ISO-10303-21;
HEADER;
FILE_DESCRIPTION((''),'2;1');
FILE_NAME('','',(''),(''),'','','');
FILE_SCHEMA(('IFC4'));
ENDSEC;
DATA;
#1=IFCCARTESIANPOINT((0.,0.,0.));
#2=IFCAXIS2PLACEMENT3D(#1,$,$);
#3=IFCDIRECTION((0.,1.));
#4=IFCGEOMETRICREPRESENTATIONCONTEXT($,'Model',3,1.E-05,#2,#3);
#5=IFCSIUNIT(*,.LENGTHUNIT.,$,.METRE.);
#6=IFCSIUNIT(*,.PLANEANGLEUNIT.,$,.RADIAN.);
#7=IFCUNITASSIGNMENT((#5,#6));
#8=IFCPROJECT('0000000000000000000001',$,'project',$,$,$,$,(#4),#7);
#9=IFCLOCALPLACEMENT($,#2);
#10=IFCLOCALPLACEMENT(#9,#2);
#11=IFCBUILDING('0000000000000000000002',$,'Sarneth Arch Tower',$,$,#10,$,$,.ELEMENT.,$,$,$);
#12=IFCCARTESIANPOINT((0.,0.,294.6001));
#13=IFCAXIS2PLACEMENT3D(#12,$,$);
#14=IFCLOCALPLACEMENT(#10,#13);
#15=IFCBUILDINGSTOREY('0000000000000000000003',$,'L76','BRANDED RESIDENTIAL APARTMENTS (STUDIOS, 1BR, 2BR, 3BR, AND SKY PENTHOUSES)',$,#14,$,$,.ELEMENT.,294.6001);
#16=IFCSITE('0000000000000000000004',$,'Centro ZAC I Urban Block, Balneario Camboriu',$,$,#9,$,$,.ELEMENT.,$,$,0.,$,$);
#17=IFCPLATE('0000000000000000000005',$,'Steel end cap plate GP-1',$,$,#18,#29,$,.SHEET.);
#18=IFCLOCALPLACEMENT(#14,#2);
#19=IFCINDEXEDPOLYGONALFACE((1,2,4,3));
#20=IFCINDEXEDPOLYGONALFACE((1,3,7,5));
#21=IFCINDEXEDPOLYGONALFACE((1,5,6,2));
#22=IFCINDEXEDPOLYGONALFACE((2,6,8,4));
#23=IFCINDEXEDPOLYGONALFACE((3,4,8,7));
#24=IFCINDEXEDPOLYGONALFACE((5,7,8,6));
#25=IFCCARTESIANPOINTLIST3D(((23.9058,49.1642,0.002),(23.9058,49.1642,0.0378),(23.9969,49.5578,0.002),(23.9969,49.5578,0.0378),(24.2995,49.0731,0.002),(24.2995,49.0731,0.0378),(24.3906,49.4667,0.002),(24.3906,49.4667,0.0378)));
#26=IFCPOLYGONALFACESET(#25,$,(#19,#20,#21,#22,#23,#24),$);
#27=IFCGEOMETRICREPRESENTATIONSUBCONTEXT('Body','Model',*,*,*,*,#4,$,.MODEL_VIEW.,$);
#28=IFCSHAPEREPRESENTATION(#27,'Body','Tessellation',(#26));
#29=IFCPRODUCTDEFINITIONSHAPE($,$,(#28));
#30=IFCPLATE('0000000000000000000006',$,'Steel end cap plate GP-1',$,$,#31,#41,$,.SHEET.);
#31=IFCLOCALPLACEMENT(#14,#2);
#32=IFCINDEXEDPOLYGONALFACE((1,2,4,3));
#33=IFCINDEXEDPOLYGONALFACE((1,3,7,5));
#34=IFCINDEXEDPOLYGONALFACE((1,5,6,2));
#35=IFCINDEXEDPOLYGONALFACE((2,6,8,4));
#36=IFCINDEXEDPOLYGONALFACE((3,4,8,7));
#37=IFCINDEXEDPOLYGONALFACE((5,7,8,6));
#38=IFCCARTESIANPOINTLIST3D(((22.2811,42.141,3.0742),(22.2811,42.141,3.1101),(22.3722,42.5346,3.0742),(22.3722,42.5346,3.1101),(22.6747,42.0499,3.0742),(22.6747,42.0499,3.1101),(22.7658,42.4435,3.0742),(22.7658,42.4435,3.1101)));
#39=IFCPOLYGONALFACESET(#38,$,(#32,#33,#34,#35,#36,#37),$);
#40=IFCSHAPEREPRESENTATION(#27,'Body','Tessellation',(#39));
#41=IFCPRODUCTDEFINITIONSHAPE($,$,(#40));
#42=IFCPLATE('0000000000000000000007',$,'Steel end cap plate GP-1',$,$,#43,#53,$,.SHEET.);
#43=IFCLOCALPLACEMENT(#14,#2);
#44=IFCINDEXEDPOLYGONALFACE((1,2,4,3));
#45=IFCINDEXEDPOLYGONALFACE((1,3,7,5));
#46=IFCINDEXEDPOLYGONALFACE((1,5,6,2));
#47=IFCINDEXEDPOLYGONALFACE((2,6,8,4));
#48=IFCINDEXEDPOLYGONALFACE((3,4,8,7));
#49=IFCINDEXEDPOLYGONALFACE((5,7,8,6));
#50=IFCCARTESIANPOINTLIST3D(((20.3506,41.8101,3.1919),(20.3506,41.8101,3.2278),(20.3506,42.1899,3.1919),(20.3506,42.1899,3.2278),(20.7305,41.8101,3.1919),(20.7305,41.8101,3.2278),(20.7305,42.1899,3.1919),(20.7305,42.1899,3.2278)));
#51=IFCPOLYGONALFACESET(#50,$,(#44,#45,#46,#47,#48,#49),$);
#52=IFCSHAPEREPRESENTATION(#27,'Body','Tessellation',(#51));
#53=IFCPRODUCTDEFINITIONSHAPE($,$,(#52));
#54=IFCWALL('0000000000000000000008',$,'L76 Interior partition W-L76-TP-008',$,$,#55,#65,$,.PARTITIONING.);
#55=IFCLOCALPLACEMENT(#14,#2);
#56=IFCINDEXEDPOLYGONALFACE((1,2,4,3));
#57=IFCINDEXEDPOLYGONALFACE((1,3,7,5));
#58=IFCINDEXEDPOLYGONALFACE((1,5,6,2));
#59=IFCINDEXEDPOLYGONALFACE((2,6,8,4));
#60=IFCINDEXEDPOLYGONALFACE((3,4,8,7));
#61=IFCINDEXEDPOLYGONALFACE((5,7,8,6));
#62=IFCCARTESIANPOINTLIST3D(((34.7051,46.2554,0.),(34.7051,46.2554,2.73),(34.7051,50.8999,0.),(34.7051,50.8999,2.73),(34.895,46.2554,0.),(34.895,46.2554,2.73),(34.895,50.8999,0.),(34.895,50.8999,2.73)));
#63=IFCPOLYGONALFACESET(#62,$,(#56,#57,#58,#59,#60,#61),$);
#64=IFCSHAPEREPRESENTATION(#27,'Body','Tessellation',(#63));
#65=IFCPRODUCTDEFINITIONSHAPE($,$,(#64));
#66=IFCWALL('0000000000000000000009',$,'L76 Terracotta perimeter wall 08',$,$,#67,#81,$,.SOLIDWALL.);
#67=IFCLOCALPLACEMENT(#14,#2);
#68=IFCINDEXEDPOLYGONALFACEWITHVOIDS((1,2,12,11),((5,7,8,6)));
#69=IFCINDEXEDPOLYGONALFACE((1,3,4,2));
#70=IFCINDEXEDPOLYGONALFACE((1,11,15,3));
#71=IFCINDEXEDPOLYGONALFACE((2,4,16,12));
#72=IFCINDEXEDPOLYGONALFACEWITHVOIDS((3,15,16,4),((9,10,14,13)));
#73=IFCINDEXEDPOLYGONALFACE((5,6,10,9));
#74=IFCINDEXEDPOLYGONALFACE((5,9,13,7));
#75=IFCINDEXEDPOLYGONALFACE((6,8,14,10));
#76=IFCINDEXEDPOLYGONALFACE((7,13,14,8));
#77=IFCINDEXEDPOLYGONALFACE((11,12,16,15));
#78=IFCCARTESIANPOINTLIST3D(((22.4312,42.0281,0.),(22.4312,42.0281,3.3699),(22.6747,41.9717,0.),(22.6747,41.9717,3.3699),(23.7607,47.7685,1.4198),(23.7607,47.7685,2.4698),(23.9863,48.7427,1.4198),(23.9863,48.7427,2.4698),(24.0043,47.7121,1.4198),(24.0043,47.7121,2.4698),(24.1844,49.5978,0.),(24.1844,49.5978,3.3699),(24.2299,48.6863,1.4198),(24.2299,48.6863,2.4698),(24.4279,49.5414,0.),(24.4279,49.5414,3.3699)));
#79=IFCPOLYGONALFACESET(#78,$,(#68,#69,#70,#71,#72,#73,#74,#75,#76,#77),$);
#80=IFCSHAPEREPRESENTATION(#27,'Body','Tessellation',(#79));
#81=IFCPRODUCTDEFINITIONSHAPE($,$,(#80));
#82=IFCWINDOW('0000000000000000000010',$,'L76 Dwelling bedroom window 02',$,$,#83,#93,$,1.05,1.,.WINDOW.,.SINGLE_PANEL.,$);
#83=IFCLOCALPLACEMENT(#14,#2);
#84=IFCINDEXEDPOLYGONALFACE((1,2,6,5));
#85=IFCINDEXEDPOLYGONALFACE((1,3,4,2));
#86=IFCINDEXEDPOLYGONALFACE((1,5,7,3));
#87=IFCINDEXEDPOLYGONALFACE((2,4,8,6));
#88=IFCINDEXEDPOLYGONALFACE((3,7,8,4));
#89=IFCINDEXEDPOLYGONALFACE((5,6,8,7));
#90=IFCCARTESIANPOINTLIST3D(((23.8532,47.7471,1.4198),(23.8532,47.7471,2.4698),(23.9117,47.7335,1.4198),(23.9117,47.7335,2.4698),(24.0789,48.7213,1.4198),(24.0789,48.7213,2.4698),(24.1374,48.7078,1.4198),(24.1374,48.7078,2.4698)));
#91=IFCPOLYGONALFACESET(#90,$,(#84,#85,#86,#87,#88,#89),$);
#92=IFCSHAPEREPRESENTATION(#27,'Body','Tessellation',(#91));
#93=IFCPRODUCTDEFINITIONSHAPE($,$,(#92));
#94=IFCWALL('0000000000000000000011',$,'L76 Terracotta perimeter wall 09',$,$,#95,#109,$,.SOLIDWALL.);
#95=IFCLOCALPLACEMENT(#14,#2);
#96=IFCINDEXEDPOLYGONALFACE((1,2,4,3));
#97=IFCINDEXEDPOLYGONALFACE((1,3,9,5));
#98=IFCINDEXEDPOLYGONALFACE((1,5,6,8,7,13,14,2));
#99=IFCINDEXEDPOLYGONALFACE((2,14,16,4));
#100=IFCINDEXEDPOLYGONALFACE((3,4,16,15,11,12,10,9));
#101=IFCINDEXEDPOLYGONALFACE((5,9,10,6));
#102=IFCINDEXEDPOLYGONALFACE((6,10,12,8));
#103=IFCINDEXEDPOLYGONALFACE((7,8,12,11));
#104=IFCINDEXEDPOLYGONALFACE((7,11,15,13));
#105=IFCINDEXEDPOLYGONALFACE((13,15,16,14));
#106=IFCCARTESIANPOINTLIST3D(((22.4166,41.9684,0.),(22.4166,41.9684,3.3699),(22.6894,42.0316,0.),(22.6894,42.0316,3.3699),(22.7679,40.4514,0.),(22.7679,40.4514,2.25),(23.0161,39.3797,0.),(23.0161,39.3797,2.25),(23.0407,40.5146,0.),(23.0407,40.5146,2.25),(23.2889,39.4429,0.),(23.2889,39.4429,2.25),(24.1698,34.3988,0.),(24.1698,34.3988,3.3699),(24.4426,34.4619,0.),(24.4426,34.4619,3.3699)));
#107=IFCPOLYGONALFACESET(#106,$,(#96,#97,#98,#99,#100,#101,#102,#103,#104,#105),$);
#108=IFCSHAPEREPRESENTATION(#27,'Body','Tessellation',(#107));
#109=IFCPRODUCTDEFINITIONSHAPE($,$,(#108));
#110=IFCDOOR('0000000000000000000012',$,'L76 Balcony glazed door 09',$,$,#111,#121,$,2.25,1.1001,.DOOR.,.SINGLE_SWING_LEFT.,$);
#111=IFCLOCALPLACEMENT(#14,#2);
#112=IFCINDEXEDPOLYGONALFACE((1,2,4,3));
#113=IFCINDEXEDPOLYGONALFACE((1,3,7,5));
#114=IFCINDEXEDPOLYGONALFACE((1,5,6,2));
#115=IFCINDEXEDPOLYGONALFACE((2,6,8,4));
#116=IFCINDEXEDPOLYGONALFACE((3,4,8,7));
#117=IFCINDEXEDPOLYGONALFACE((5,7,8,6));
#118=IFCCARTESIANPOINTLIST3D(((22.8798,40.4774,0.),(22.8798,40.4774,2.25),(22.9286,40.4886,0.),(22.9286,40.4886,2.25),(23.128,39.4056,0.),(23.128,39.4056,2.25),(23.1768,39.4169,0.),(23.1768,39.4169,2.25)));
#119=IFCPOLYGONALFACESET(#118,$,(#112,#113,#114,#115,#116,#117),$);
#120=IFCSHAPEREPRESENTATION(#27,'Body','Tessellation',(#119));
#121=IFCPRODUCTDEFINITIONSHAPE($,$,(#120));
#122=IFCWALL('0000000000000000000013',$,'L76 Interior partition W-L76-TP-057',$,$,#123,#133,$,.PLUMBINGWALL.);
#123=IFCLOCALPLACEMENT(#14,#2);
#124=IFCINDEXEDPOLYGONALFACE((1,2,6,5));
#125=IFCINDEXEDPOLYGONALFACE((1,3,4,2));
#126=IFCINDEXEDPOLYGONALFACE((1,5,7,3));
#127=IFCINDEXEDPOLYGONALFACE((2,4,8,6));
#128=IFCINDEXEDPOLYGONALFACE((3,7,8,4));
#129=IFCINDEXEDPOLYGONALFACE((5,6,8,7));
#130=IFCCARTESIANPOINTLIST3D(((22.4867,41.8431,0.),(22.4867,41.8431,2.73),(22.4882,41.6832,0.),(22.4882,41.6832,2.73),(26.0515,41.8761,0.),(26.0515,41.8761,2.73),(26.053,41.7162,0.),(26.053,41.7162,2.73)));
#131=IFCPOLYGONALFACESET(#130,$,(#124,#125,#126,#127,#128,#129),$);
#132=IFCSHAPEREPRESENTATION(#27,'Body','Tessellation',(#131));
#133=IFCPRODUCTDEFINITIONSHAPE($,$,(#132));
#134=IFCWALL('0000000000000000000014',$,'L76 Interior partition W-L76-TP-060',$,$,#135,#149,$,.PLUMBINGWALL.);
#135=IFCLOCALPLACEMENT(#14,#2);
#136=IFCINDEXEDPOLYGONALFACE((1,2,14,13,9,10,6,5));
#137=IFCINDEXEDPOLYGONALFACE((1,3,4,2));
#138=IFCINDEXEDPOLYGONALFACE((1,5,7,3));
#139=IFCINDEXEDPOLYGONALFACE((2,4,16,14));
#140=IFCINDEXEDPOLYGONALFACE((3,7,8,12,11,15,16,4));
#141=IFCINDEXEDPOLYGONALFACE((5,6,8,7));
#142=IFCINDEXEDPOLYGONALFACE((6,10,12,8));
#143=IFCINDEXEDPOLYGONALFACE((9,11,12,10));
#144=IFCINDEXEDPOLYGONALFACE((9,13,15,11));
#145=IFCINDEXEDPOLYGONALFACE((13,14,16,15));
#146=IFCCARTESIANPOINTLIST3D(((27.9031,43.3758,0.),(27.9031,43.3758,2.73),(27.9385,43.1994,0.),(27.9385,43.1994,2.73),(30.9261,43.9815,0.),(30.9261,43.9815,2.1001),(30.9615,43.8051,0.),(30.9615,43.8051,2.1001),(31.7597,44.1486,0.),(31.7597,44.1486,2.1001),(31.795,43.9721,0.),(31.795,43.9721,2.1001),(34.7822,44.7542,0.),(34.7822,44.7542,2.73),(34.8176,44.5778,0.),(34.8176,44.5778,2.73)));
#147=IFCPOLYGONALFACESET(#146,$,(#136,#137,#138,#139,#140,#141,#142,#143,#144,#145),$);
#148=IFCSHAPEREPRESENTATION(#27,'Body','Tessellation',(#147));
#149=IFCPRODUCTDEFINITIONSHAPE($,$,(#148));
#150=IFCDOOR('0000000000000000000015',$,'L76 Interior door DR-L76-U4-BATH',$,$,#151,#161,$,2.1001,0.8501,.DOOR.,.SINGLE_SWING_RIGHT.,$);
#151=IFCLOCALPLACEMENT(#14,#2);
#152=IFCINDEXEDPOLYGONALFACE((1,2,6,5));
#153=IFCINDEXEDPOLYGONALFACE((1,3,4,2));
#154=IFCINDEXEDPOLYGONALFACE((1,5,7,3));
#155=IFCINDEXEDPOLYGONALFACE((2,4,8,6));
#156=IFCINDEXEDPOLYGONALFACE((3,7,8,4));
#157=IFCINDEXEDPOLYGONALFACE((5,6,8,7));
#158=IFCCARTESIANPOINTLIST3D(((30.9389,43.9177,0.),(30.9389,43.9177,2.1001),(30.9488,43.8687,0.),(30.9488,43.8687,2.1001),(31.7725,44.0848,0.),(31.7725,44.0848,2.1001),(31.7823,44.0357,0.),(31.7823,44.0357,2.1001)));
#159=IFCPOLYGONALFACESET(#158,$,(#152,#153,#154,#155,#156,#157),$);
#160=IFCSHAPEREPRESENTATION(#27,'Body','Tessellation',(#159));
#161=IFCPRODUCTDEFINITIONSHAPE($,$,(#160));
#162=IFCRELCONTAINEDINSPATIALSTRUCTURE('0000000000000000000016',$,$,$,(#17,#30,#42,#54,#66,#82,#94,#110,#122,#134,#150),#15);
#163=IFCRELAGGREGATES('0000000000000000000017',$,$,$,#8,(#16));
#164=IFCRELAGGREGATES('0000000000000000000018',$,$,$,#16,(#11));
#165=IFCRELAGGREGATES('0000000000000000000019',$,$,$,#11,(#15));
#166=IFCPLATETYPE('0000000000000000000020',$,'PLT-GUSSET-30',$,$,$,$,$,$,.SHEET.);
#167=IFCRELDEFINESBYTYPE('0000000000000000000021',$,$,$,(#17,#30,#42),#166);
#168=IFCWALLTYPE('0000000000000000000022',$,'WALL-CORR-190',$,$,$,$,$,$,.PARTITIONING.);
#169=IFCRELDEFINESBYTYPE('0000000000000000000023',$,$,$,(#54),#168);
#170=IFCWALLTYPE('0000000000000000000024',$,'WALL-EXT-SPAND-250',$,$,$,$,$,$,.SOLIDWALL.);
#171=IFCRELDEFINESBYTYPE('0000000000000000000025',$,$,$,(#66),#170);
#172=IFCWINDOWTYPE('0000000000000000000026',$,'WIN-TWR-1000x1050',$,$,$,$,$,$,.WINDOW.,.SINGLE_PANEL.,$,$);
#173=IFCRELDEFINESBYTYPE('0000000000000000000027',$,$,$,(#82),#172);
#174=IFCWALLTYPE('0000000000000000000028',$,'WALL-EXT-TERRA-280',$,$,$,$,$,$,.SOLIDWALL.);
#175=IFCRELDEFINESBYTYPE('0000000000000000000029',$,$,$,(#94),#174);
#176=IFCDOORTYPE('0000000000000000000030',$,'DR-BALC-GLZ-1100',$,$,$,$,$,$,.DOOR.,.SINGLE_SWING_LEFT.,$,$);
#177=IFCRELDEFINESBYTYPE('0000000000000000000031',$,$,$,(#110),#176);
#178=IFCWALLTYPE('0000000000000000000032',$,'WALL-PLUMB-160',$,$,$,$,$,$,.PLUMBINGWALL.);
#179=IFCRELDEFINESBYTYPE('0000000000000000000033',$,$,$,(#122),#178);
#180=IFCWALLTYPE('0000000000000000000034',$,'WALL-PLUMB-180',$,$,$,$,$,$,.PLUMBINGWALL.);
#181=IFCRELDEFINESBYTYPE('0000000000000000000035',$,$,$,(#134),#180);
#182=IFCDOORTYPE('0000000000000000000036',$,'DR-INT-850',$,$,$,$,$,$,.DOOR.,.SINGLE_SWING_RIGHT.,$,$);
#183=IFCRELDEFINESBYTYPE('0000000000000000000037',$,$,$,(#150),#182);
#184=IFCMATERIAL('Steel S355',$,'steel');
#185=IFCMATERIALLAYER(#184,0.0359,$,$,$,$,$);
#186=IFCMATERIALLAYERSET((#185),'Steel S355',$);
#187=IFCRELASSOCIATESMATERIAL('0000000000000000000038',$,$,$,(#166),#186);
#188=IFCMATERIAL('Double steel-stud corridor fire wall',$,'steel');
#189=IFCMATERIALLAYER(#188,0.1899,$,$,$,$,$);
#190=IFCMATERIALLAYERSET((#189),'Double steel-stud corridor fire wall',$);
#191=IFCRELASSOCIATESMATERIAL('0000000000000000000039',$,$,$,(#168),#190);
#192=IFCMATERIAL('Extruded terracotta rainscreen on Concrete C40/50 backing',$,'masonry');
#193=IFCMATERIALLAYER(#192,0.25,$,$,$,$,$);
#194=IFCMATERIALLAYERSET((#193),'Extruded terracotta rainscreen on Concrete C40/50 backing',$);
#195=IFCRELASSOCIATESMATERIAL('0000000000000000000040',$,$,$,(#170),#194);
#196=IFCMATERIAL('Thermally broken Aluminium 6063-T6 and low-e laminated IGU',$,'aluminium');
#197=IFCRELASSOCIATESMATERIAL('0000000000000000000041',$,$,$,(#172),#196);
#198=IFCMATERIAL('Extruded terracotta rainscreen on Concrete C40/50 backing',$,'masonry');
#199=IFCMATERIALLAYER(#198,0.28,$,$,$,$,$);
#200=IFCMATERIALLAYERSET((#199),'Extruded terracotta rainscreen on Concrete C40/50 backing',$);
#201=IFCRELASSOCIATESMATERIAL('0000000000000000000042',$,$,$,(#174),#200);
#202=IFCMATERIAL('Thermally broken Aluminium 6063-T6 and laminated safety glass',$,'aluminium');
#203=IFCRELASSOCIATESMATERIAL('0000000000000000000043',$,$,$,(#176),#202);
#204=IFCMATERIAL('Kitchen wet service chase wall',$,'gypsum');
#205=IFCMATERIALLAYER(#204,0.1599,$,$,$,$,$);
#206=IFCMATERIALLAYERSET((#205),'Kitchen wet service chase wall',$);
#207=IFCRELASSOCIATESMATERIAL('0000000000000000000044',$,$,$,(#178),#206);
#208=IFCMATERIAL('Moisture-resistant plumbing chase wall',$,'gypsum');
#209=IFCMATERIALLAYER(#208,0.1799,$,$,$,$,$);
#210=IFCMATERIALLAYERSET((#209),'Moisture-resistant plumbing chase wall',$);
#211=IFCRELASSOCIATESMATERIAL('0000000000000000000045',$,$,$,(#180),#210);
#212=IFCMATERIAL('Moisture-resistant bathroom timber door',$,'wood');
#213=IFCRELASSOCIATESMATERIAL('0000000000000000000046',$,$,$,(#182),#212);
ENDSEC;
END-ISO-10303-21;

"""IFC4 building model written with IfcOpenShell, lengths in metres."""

from ifc_helpers import new_model, si_unit, direction, frame, frame_2d, origin, origin_2d, place, context, subcontext, project, spatial, rectangle, extrude, material, layer, layer_set, type_object, element, fill, save


model = new_model("IFC4")

# Units and contexts
model_context = context("Model", 3, precision=1e-05, world=origin(), true_north=direction((0.0, 1.0)))
body_context = subcontext(model_context, "Body", "Model", "MODEL_VIEW")
ifc_project = project(units=[si_unit("LENGTHUNIT", "METRE"), si_unit("PLANEANGLEUNIT", "RADIAN")], contexts=[model_context])

# Site, building, storey
site_placement = place(None, origin())
site = spatial("IfcSite", under=ifc_project, at=site_placement, Name="Centro ZAC I Urban Block, Balneario Camboriu", CompositionType="ELEMENT", RefElevation=0.0)
building_placement = place(site_placement, origin())
building = spatial("IfcBuilding", under=site, at=building_placement, Name="Sarneth Arch Tower", CompositionType="ELEMENT")
storey_placement = place(building_placement, frame((0.0, 0.0, 294.6001)))
storey = spatial("IfcBuildingStorey", under=building, at=storey_placement, Name="L76", Description="BRANDED RESIDENTIAL APARTMENTS (STUDIOS, 1BR, 2BR, 3BR, AND SKY PENTHOUSES)", CompositionType="ELEMENT", Elevation=294.6001)

# Plates
ifc_material_1 = material(Name="Steel S355", Category="steel")
ifc_layer_1 = layer(ifc_material_1, 0.0359)
ifc_layer_set_1 = layer_set([ifc_layer_1], Name="Steel S355")
plate_type = type_object("IfcPlateType", Name="PLT-GUSSET-30", PredefinedType="SHEET", material=ifc_layer_set_1)
for number, where, z_axis, x_axis, name in (
    (1, (24.1482, 49.3154, 0.002), (0.0, 0.0, 1.0), (-0.225461, -0.974252, 0.0), "Steel end cap plate GP-1"),
    (2, (22.5234, 42.2922, 3.0742), (0.0, 0.0, 1.0), (-0.225461, -0.974252, 0.0), "Steel end cap plate GP-1"),
):
    element("IfcPlate", number, at=place(storey_placement, frame(where, z_axis=z_axis, x_axis=x_axis)), inside=storey, type_object=plate_type, Name=name, PredefinedType="SHEET", context=body_context, shape_type="SweptSolid", body=[
        extrude(rectangle(XDim=0.4041, YDim=0.4041, at=origin_2d()), origin(), (0.0, 0.0, 1.0), 0.0359),
    ])
plate_placement = place(storey_placement, frame((20.5405, 42.0, 3.1919), z_axis=(0.0, 0.0, 1.0), x_axis=(-1.0, 0.0, 0.0)))
element("IfcPlate", 3, at=plate_placement, inside=storey, type_object=plate_type, Name="Steel end cap plate GP-1", PredefinedType="SHEET", context=body_context, shape_type="SweptSolid", body=[
    extrude(rectangle(XDim=0.3799, YDim=0.3799, at=origin_2d()), origin(), (0.0, 0.0, 1.0), 0.0359),
])

# Wall
ifc_material_2 = material(Name="Double steel-stud corridor fire wall", Category="steel")
ifc_layer_2 = layer(ifc_material_2, 0.1899)
ifc_layer_set_2 = layer_set([ifc_layer_2], Name="Double steel-stud corridor fire wall")
wall_type_1 = type_object("IfcWallType", Name="WALL-CORR-190", PredefinedType="PARTITIONING", material=ifc_layer_set_2)
wall_1_placement = place(storey_placement, frame((34.8, 46.2554, 0.0), z_axis=(0.0, 0.0, 1.0), x_axis=(0.0, 1.0, 0.0)))
element("IfcWall", 4, at=wall_1_placement, inside=storey, type_object=wall_type_1, Name="L76 Interior partition W-L76-TP-008", PredefinedType="PARTITIONING", context=body_context, shape_type="SweptSolid", body=[
    extrude(rectangle(XDim=4.6445, YDim=0.1899, at=frame_2d((2.3223, 0.0))), origin(), (0.0, 0.0, 1.0), 2.73),
])

# Wall, opening, window
ifc_material_3 = material(Name="Extruded terracotta rainscreen on Concrete C40/50 backing", Category="masonry")
ifc_layer_3 = layer(ifc_material_3, 0.25)
ifc_layer_set_3 = layer_set([ifc_layer_3], Name="Extruded terracotta rainscreen on Concrete C40/50 backing")
wall_type_2 = type_object("IfcWallType", Name="WALL-EXT-SPAND-250", PredefinedType="SOLIDWALL", material=ifc_layer_set_3)
wall_2_placement = place(storey_placement, frame((24.3062, 49.5696, 0.0), z_axis=(0.0, 0.0, 1.0), x_axis=(-0.225635, -0.974212, 0.0)))
wall_2 = element("IfcWall", 5, at=wall_2_placement, inside=storey, type_object=wall_type_2, Name="L76 Terracotta perimeter wall 08", PredefinedType="SOLIDWALL", context=body_context, shape_type="SweptSolid", body=[
    extrude(rectangle(XDim=7.77, YDim=0.25, at=frame_2d((3.885, 0.0))), origin(), (0.0, 0.0, 1.0), 3.3699),
])
opening_1_placement = place(wall_2_placement, frame((0.8777, 0.0, 1.4199)))
opening_1 = element("IfcOpeningElement", 6, at=opening_1_placement, cuts=wall_2, PredefinedType="OPENING", context=body_context, shape_type="SweptSolid", body=[
    extrude(rectangle(XDim=1.0, YDim=1.05, at=frame_2d((0.5, 0.5249))), frame((0.0, 0.135, 0.0), z_axis=(0.0, -1.0, 0.0), x_axis=(1.0, 0.0, 0.0)), (0.0, 0.0, 1.0), 0.27),
])
ifc_material_4 = material(Name="Thermally broken Aluminium 6063-T6 and low-e laminated IGU", Category="aluminium")
window_type = type_object("IfcWindowType", Name="WIN-TWR-1000x1050", PartitioningType="SINGLE_PANEL", PredefinedType="WINDOW", material=ifc_material_4)
window_placement = place(opening_1_placement, origin())
window = element("IfcWindow", 7, at=window_placement, inside=storey, type_object=window_type, Name="L76 Dwelling bedroom window 02", OverallHeight=1.05, OverallWidth=1.0, PartitioningType="SINGLE_PANEL", PredefinedType="WINDOW", context=body_context, shape_type="SweptSolid", body=[
    extrude(rectangle(XDim=1.0, YDim=1.05, at=frame_2d((0.5, 0.5249))), frame((0.0, 0.03, 0.0), z_axis=(0.0, -1.0, 0.0), x_axis=(1.0, 0.0, 0.0)), (0.0, 0.0, 1.0), 0.0601),
])
fill(opening_1, window)

# Wall, opening, door
ifc_material_5 = material(Name="Extruded terracotta rainscreen on Concrete C40/50 backing", Category="masonry")
ifc_layer_4 = layer(ifc_material_5, 0.28)
ifc_layer_set_4 = layer_set([ifc_layer_4], Name="Extruded terracotta rainscreen on Concrete C40/50 backing")
wall_type_3 = type_object("IfcWallType", Name="WALL-EXT-TERRA-280", PredefinedType="SOLIDWALL", material=ifc_layer_set_4)
wall_3_placement = place(storey_placement, frame((22.553, 42.0, 0.0), z_axis=(0.0, 0.0, 1.0), x_axis=(0.225635, -0.974212, 0.0)))
wall_3 = element("IfcWall", 8, at=wall_3_placement, inside=storey, type_object=wall_type_3, Name="L76 Terracotta perimeter wall 09", PredefinedType="SOLIDWALL", context=body_context, shape_type="SweptSolid", body=[
    extrude(rectangle(XDim=7.77, YDim=0.28, at=frame_2d((3.885, 0.0))), origin(), (0.0, 0.0, 1.0), 3.3699),
])
opening_2_placement = place(wall_3_placement, frame((1.5571, 0.0, 0.0)))
opening_2 = element("IfcOpeningElement", 9, at=opening_2_placement, cuts=wall_3, PredefinedType="OPENING", context=body_context, shape_type="SweptSolid", body=[
    extrude(rectangle(XDim=1.1001, YDim=2.25, at=frame_2d((0.55, 1.125))), frame((0.0, 0.1499, 0.0), z_axis=(0.0, -1.0, 0.0), x_axis=(1.0, 0.0, 0.0)), (0.0, 0.0, 1.0), 0.3),
])
ifc_material_6 = material(Name="Thermally broken Aluminium 6063-T6 and laminated safety glass", Category="aluminium")
door_type_1 = type_object("IfcDoorType", Name="DR-BALC-GLZ-1100", OperationType="SINGLE_SWING_LEFT", PredefinedType="DOOR", material=ifc_material_6)
door_1_placement = place(opening_2_placement, origin())
door_1 = element("IfcDoor", 10, at=door_1_placement, inside=storey, type_object=door_type_1, Name="L76 Balcony glazed door 09", OperationType="SINGLE_SWING_LEFT", OverallHeight=2.25, OverallWidth=1.1001, PredefinedType="DOOR", context=body_context, shape_type="SweptSolid", body=[
    extrude(rectangle(XDim=1.1001, YDim=2.25, at=frame_2d((0.55, 1.125))), frame((0.0, 0.0249, 0.0), z_axis=(0.0, -1.0, 0.0), x_axis=(1.0, 0.0, 0.0)), (0.0, 0.0, 1.0), 0.05),
])
fill(opening_2, door_1)

# Wall
ifc_material_7 = material(Name="Kitchen wet service chase wall", Category="gypsum")
ifc_layer_5 = layer(ifc_material_7, 0.1599)
ifc_layer_set_5 = layer_set([ifc_layer_5], Name="Kitchen wet service chase wall")
wall_type_4 = type_object("IfcWallType", Name="WALL-PLUMB-160", PredefinedType="PLUMBINGWALL", material=ifc_layer_set_5)
wall_4_placement = place(storey_placement, frame((26.0522, 41.7961, 0.0), z_axis=(0.0, 0.0, 1.0), x_axis=(-0.999957, -0.009246, 0.0)))
element("IfcWall", 11, at=wall_4_placement, inside=storey, type_object=wall_type_4, Name="L76 Interior partition W-L76-TP-057", PredefinedType="PLUMBINGWALL", context=body_context, shape_type="SweptSolid", body=[
    extrude(rectangle(XDim=3.5649, YDim=0.1599, at=frame_2d((1.7825, 0.0))), origin(), (0.0, 0.0, 1.0), 2.73),
])

# Wall, opening, door
ifc_material_8 = material(Name="Moisture-resistant plumbing chase wall", Category="gypsum")
ifc_layer_6 = layer(ifc_material_8, 0.1799)
ifc_layer_set_6 = layer_set([ifc_layer_6], Name="Moisture-resistant plumbing chase wall")
wall_type_5 = type_object("IfcWallType", Name="WALL-PLUMB-180", PredefinedType="PLUMBINGWALL", material=ifc_layer_set_6)
wall_5_placement = place(storey_placement, frame((27.9209, 43.2876, 0.0), z_axis=(0.0, 0.0, 1.0), x_axis=(0.98051, 0.196471, 0.0)))
wall_5 = element("IfcWall", 12, at=wall_5_placement, inside=storey, type_object=wall_type_5, Name="L76 Interior partition W-L76-TP-060", PredefinedType="PLUMBINGWALL", context=body_context, shape_type="SweptSolid", body=[
    extrude(rectangle(XDim=7.0159, YDim=0.1799, at=frame_2d((3.5078, 0.0))), origin(), (0.0, 0.0, 1.0), 2.73),
])
opening_3_placement = place(wall_5_placement, frame((3.083, 0.0, 0.0)))
opening_3 = element("IfcOpeningElement", 13, at=opening_3_placement, cuts=wall_5, PredefinedType="OPENING", context=body_context, shape_type="SweptSolid", body=[
    extrude(rectangle(XDim=0.8501, YDim=2.1001, at=frame_2d((0.425, 1.05))), frame((0.0, 0.0999, 0.0), z_axis=(0.0, -1.0, 0.0), x_axis=(1.0, 0.0, 0.0)), (0.0, 0.0, 1.0), 0.2),
])
ifc_material_9 = material(Name="Moisture-resistant bathroom timber door", Category="wood")
door_type_2 = type_object("IfcDoorType", Name="DR-INT-850", OperationType="SINGLE_SWING_RIGHT", PredefinedType="DOOR", material=ifc_material_9)
door_2_placement = place(opening_3_placement, origin())
door_2 = element("IfcDoor", 14, at=door_2_placement, inside=storey, type_object=door_type_2, Name="L76 Interior door DR-L76-U4-BATH", OperationType="SINGLE_SWING_RIGHT", OverallHeight=2.1001, OverallWidth=0.8501, PredefinedType="DOOR", context=body_context, shape_type="SweptSolid", body=[
    extrude(rectangle(XDim=0.8501, YDim=2.1001, at=frame_2d((0.425, 1.05))), frame((0.0, 0.0249, 0.0), z_axis=(0.0, -1.0, 0.0), x_axis=(1.0, 0.0, 0.0)), (0.0, 0.0, 1.0), 0.05),
])
fill(opening_3, door_2)

save(model, "model.ifc")
